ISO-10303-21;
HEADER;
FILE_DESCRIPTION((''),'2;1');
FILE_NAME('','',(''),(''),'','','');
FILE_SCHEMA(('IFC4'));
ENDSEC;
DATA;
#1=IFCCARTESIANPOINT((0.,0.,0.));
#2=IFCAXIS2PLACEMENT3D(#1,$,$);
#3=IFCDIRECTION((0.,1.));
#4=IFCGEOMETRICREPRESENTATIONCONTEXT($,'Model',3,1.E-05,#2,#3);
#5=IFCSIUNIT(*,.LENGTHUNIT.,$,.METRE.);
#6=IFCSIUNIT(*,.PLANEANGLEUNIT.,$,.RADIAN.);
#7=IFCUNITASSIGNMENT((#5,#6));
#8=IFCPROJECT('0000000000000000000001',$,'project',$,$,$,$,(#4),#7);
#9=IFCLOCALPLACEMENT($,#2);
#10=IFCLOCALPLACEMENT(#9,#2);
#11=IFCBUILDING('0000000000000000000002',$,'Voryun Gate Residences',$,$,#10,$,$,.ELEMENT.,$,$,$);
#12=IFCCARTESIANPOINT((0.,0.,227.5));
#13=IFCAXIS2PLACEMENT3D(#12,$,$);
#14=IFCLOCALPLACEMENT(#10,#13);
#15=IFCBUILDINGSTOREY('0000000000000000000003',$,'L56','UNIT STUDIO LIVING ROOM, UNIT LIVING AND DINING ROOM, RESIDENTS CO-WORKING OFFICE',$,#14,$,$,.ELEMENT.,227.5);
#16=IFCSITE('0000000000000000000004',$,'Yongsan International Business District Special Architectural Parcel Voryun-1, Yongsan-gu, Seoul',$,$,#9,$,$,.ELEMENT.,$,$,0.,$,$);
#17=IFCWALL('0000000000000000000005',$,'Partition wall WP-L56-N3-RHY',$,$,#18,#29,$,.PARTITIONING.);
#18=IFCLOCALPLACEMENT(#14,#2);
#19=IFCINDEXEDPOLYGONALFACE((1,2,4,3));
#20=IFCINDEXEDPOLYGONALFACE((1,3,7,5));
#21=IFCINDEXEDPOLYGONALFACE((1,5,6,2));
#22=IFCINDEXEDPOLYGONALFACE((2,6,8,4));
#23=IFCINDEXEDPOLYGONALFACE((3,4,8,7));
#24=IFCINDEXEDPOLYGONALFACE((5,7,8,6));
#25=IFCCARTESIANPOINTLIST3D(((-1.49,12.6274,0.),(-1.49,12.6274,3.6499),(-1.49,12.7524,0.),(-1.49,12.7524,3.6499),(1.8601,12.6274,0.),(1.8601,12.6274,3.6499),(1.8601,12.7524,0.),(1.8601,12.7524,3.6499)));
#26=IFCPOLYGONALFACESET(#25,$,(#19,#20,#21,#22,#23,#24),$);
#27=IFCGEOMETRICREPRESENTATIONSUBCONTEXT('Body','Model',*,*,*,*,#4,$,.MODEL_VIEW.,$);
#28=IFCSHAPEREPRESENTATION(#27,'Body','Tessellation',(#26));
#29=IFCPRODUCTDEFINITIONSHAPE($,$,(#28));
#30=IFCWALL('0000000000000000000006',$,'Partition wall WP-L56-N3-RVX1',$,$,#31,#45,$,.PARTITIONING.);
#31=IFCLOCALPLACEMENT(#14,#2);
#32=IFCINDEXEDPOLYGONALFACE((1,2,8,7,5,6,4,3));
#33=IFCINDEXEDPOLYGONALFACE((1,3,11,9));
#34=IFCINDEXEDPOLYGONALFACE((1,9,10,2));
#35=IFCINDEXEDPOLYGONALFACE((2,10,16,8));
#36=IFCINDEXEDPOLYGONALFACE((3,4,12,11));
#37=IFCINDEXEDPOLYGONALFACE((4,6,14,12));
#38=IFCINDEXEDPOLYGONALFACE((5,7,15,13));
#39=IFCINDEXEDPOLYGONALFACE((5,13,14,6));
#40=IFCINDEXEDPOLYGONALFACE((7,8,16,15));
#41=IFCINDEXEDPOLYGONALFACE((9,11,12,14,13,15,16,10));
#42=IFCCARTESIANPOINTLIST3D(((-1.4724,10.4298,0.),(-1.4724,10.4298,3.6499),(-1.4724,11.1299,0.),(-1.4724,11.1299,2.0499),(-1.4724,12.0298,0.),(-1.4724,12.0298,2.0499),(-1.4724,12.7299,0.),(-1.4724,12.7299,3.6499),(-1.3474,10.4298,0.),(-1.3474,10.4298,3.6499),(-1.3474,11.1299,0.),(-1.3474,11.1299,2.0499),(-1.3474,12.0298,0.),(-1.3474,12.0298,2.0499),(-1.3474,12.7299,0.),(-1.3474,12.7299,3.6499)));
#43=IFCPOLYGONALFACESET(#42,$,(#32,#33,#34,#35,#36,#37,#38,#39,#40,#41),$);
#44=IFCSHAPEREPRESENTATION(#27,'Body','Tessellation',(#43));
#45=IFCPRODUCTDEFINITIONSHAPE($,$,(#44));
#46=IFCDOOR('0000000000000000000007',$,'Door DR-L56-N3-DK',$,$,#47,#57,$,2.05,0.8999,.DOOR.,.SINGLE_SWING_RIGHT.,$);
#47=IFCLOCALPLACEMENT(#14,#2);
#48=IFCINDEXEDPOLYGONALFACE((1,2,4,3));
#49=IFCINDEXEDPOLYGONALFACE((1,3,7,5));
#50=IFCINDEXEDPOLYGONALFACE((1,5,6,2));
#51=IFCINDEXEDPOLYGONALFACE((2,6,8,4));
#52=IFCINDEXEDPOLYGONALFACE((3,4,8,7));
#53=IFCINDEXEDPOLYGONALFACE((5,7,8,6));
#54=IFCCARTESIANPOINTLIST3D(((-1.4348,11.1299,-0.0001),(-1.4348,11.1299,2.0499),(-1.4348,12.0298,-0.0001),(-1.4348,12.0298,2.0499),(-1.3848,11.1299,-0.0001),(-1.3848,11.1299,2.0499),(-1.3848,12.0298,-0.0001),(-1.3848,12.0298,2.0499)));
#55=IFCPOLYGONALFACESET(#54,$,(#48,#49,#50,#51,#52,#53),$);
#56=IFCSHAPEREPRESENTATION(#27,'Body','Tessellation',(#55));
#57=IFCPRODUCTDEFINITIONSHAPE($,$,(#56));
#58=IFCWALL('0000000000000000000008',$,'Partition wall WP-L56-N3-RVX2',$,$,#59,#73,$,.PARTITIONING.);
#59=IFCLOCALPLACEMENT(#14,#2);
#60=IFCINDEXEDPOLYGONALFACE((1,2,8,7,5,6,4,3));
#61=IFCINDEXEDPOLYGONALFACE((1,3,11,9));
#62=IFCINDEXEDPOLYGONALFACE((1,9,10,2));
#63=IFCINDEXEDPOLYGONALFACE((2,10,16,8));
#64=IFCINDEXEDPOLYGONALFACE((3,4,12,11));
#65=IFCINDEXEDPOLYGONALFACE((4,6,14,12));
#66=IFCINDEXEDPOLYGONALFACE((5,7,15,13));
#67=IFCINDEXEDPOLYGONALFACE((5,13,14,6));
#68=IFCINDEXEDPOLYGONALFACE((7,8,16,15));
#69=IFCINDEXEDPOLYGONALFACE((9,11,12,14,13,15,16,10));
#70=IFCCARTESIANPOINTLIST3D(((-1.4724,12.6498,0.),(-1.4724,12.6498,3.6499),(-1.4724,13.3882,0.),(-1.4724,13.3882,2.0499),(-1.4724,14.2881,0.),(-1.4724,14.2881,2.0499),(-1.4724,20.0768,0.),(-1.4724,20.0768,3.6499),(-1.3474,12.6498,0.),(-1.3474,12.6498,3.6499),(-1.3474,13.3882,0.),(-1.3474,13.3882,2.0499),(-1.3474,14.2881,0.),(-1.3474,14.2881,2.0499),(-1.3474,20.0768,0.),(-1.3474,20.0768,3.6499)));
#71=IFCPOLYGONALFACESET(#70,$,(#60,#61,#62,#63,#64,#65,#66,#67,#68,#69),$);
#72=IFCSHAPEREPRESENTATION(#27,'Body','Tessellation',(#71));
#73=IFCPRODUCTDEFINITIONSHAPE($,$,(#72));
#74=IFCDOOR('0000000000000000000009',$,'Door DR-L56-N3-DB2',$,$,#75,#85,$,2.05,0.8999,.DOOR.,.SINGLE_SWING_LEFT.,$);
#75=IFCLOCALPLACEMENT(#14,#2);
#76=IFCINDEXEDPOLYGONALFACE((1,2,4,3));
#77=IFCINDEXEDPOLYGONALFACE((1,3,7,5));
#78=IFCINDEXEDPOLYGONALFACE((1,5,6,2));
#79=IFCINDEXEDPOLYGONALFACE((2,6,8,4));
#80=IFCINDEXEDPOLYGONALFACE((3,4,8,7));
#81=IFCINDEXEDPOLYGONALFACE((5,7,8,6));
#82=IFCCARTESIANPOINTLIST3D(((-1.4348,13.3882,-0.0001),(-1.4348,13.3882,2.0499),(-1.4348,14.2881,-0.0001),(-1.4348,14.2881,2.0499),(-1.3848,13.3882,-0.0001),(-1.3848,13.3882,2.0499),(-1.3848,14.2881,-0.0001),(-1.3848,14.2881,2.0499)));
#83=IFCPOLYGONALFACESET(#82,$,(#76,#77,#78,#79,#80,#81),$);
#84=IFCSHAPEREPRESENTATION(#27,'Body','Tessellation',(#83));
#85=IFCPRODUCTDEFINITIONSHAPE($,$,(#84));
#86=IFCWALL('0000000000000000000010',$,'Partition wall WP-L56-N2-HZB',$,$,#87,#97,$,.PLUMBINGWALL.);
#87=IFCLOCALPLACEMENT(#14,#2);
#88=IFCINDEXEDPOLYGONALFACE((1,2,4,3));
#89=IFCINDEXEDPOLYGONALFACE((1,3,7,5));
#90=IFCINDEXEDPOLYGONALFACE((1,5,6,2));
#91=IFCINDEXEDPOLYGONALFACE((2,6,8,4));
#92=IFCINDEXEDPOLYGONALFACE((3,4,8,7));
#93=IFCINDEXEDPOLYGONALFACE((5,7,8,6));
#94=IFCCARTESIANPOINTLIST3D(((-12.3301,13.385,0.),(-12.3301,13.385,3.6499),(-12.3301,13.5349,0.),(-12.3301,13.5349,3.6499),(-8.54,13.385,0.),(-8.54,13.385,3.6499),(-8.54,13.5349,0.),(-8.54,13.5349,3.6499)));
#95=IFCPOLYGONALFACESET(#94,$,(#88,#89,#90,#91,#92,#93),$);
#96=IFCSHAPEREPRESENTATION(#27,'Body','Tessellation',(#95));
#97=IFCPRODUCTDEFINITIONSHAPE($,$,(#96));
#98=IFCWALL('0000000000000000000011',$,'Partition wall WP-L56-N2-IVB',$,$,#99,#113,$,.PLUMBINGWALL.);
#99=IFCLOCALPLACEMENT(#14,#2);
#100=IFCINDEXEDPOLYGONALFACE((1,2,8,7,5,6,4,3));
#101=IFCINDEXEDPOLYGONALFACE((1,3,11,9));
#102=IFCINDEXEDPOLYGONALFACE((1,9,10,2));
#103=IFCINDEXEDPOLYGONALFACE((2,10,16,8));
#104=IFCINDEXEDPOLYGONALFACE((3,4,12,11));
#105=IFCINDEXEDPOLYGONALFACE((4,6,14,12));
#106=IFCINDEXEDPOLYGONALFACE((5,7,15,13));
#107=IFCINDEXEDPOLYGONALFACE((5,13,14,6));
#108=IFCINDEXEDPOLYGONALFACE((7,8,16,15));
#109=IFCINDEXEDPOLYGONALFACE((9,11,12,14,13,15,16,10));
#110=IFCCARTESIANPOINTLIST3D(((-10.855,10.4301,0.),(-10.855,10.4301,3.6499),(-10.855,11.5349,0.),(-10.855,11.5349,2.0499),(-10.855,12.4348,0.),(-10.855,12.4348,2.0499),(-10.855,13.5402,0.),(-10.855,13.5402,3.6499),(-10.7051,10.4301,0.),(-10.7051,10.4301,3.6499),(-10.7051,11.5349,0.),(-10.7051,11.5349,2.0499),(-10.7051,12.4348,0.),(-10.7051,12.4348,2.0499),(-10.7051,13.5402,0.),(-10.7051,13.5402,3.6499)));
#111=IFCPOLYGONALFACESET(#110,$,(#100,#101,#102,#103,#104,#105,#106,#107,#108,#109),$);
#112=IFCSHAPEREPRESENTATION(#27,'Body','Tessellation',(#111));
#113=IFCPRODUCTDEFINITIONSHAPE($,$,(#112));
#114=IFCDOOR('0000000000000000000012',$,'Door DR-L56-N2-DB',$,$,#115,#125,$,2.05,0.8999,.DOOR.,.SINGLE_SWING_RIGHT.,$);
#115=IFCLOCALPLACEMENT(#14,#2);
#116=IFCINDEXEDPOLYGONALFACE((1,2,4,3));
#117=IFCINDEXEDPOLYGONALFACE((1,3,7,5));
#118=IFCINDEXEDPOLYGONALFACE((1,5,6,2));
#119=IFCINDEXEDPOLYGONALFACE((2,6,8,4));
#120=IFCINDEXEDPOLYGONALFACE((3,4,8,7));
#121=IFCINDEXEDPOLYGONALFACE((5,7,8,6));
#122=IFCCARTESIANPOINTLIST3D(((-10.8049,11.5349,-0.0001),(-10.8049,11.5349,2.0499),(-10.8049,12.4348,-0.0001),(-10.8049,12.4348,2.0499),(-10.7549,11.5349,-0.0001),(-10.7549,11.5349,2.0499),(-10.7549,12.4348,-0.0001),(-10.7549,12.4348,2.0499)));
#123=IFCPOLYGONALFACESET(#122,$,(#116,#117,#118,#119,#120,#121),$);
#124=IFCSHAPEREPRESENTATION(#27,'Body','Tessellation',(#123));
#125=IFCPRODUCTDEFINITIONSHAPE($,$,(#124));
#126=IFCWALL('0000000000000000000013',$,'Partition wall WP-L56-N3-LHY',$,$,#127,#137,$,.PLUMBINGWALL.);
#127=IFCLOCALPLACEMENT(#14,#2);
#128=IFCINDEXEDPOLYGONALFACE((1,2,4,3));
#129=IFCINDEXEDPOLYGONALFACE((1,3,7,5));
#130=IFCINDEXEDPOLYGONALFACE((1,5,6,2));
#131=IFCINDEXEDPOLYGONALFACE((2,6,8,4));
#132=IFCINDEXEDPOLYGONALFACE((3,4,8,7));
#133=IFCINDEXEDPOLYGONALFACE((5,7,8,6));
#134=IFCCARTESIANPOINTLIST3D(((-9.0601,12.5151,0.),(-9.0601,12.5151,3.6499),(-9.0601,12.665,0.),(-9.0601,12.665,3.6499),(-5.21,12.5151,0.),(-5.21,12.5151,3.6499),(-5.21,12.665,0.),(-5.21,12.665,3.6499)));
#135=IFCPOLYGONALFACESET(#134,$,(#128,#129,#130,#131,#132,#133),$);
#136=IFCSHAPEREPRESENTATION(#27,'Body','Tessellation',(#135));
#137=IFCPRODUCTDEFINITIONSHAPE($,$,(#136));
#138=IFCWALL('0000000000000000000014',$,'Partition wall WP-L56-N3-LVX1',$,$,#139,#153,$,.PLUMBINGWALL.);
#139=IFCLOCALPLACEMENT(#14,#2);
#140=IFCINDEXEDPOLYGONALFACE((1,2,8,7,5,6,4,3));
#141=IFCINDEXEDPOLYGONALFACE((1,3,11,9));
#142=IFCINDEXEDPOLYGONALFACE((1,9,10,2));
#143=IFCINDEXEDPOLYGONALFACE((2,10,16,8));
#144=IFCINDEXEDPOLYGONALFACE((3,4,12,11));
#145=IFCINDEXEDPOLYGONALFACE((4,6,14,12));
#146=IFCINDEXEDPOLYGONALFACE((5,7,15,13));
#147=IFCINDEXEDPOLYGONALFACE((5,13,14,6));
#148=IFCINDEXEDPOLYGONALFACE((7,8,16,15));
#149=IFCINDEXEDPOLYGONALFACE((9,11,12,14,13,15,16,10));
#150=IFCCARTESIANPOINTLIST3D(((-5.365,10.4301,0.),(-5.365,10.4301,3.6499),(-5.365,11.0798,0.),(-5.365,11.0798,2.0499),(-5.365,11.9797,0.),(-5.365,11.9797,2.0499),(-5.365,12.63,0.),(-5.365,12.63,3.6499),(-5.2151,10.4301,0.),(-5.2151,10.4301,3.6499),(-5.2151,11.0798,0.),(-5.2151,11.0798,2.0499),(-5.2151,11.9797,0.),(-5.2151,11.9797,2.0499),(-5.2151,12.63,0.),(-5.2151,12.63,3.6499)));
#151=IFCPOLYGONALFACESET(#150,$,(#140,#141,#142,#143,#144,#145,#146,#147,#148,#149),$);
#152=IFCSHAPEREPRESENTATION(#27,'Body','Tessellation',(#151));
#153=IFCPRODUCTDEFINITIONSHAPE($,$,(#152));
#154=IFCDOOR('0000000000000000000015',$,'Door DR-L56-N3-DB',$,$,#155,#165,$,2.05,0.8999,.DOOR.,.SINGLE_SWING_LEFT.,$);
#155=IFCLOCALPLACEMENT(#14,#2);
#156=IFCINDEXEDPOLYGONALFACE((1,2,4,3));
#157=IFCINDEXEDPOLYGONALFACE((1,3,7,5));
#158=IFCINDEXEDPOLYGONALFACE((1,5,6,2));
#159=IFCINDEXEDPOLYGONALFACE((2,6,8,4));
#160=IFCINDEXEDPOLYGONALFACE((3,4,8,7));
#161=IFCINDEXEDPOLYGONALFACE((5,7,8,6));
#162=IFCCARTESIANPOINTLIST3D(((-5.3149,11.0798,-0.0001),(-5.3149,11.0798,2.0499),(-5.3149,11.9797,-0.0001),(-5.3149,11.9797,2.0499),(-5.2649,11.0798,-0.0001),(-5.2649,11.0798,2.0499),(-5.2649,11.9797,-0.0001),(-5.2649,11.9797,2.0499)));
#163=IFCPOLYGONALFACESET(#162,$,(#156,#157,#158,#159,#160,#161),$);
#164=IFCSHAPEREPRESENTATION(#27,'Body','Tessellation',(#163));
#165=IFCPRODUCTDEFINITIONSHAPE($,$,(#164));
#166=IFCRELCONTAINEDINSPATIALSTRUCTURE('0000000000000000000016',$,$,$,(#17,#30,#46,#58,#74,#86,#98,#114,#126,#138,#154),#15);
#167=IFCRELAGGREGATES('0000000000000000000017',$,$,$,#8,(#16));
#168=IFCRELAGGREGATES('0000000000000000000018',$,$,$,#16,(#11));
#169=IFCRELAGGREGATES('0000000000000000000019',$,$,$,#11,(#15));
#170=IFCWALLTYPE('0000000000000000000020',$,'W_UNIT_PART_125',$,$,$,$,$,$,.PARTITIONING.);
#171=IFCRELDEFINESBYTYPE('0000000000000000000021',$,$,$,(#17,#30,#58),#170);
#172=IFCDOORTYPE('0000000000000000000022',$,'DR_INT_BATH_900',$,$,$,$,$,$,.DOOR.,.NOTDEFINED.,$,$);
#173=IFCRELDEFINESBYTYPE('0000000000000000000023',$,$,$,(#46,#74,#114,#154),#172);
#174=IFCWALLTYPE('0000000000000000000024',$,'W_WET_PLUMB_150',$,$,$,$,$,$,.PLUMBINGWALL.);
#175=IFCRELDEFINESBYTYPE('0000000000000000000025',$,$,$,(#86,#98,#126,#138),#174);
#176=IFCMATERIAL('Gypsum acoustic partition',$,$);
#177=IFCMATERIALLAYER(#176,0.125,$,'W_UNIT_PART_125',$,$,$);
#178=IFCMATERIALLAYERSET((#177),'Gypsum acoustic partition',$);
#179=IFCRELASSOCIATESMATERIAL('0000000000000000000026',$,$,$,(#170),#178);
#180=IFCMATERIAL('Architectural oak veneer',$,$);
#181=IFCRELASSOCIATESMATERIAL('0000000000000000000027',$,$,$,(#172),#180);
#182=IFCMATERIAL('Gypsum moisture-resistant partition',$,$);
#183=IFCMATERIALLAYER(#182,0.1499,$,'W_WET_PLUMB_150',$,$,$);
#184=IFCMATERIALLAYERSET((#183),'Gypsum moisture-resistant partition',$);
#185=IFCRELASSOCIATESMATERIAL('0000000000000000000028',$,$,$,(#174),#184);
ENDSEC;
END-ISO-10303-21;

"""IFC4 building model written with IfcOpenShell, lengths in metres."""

from ifc_helpers import new_model, si_unit, direction, frame, frame_2d, origin, place, context, subcontext, project, spatial, rectangle, extrude, material, layer, layer_set, type_object, element, fill, save


model = new_model("IFC4")

# Units and contexts
model_context = context("Model", 3, precision=1e-05, world=origin(), true_north=direction((0.0, 1.0)))
body_context = subcontext(model_context, "Body", "Model", "MODEL_VIEW")
ifc_project = project(units=[si_unit("LENGTHUNIT", "METRE"), si_unit("PLANEANGLEUNIT", "RADIAN")], contexts=[model_context])

# Site, building, storey
site_placement = place(None, origin())
site = spatial("IfcSite", under=ifc_project, at=site_placement, Name="Yongsan International Business District Special Architectural Parcel Voryun-1, Yongsan-gu, Seoul", CompositionType="ELEMENT", RefElevation=0.0)
building_placement = place(site_placement, origin())
building = spatial("IfcBuilding", under=site, at=building_placement, Name="Voryun Gate Residences", CompositionType="ELEMENT")
storey_placement = place(building_placement, frame((0.0, 0.0, 227.5)))
storey = spatial("IfcBuildingStorey", under=building, at=storey_placement, Name="L56", Description="UNIT STUDIO LIVING ROOM, UNIT LIVING AND DINING ROOM, RESIDENTS CO-WORKING OFFICE", CompositionType="ELEMENT", Elevation=227.5)

# Shared definitions
ifc_material_1 = material(Name="Gypsum acoustic partition")
ifc_layer_1 = layer(ifc_material_1, 0.125, Name="W_UNIT_PART_125")
ifc_layer_set_1 = layer_set([ifc_layer_1], Name="Gypsum acoustic partition")
wall_type_1 = type_object("IfcWallType", Name="W_UNIT_PART_125", PredefinedType="PARTITIONING", material=ifc_layer_set_1)
ifc_material_2 = material(Name="Architectural oak veneer")
door_type_1 = type_object("IfcDoorType", Name="DR_INT_BATH_900", OperationType="NOTDEFINED", PredefinedType="DOOR", material=ifc_material_2)

# Wall
wall_1_placement = place(storey_placement, frame((-1.49, 12.6899, 0.0), z_axis=(0.0, 0.0, 1.0), x_axis=(1.0, 0.0, 0.0)))
element("IfcWall", 1, at=wall_1_placement, inside=storey, type_object=wall_type_1, Name="Partition wall WP-L56-N3-RHY", PredefinedType="PARTITIONING", context=body_context, shape_type="SweptSolid", body=[
    extrude(rectangle(XDim=3.3501, YDim=0.125, at=frame_2d((1.675, 0.0))), origin(), (0.0, 0.0, 1.0), 3.6499),
])

# Walls, openings, doors
wall_2_placement = place(storey_placement, frame((-1.4099, 10.4299, 0.0), z_axis=(0.0, 0.0, 1.0), x_axis=(0.0, 1.0, 0.0)))
wall_2 = element("IfcWall", 2, at=wall_2_placement, inside=storey, type_object=wall_type_1, Name="Partition wall WP-L56-N3-RVX1", PredefinedType="PARTITIONING", context=body_context, shape_type="SweptSolid", body=[
    extrude(rectangle(XDim=2.3, YDim=0.125, at=frame_2d((1.1499, 0.0))), origin(), (0.0, 0.0, 1.0), 3.6499),
])
opening_1_placement = place(wall_2_placement, frame((0.7, 0.0, 0.0)))
opening_1 = element("IfcOpeningElement", 3, at=opening_1_placement, cuts=wall_2, PredefinedType="OPENING", context=body_context, shape_type="SweptSolid", body=[
    extrude(rectangle(XDim=0.8999, YDim=2.05, at=frame_2d((0.45, 1.0249))), frame((0.0, 0.0725, 0.0), z_axis=(0.0, -1.0, 0.0), x_axis=(1.0, 0.0, 0.0)), (0.0, 0.0, 1.0), 0.145),
])
door_1_placement = place(opening_1_placement, origin())
door_1 = element("IfcDoor", 4, at=door_1_placement, inside=storey, type_object=door_type_1, Name="Door DR-L56-N3-DK", OperationType="SINGLE_SWING_RIGHT", OverallHeight=2.05, OverallWidth=0.8999, PredefinedType="DOOR", context=body_context, shape_type="SweptSolid", body=[
    extrude(rectangle(XDim=0.8999, YDim=2.05, at=frame_2d((0.45, 1.0249))), frame((0.0, 0.0249, 0.0), z_axis=(0.0, -1.0, 0.0), x_axis=(1.0, 0.0, 0.0)), (0.0, 0.0, 1.0), 0.05),
])
fill(opening_1, door_1)
wall_3_placement = place(storey_placement, frame((-1.4099, 12.6499, 0.0), z_axis=(0.0, 0.0, 1.0), x_axis=(0.0, 1.0, 0.0)))
wall_3 = element("IfcWall", 5, at=wall_3_placement, inside=storey, type_object=wall_type_1, Name="Partition wall WP-L56-N3-RVX2", PredefinedType="PARTITIONING", context=body_context, shape_type="SweptSolid", body=[
    extrude(rectangle(XDim=7.427, YDim=0.125, at=frame_2d((3.7134, 0.0))), origin(), (0.0, 0.0, 1.0), 3.6499),
])
opening_2_placement = place(wall_3_placement, frame((0.7383, 0.0, 0.0)))
opening_2 = element("IfcOpeningElement", 6, at=opening_2_placement, cuts=wall_3, PredefinedType="OPENING", context=body_context, shape_type="SweptSolid", body=[
    extrude(rectangle(XDim=0.8999, YDim=2.05, at=frame_2d((0.45, 1.0249))), frame((0.0, 0.0725, 0.0), z_axis=(0.0, -1.0, 0.0), x_axis=(1.0, 0.0, 0.0)), (0.0, 0.0, 1.0), 0.145),
])
door_2_placement = place(opening_2_placement, origin())
door_2 = element("IfcDoor", 7, at=door_2_placement, inside=storey, type_object=door_type_1, Name="Door DR-L56-N3-DB2", OperationType="SINGLE_SWING_LEFT", OverallHeight=2.05, OverallWidth=0.8999, PredefinedType="DOOR", context=body_context, shape_type="SweptSolid", body=[
    extrude(rectangle(XDim=0.8999, YDim=2.05, at=frame_2d((0.45, 1.0249))), frame((0.0, 0.0249, 0.0), z_axis=(0.0, -1.0, 0.0), x_axis=(1.0, 0.0, 0.0)), (0.0, 0.0, 1.0), 0.05),
])
fill(opening_2, door_2)

# Wall
ifc_material_3 = material(Name="Gypsum moisture-resistant partition")
ifc_layer_2 = layer(ifc_material_3, 0.1499, Name="W_WET_PLUMB_150")
ifc_layer_set_2 = layer_set([ifc_layer_2], Name="Gypsum moisture-resistant partition")
wall_type_2 = type_object("IfcWallType", Name="W_WET_PLUMB_150", PredefinedType="PLUMBINGWALL", material=ifc_layer_set_2)
wall_4_placement = place(storey_placement, frame((-12.3301, 13.46, 0.0), z_axis=(0.0, 0.0, 1.0), x_axis=(1.0, 0.0, 0.0)))
element("IfcWall", 8, at=wall_4_placement, inside=storey, type_object=wall_type_2, Name="Partition wall WP-L56-N2-HZB", PredefinedType="PLUMBINGWALL", context=body_context, shape_type="SweptSolid", body=[
    extrude(rectangle(XDim=3.79, YDim=0.1499, at=frame_2d((1.895, 0.0))), origin(), (0.0, 0.0, 1.0), 3.6499),
])

# Wall, opening, door
wall_5_placement = place(storey_placement, frame((-10.78, 10.4299, 0.0), z_axis=(0.0, 0.0, 1.0), x_axis=(0.0, 1.0, 0.0)))
wall_5 = element("IfcWall", 9, at=wall_5_placement, inside=storey, type_object=wall_type_2, Name="Partition wall WP-L56-N2-IVB", PredefinedType="PLUMBINGWALL", context=body_context, shape_type="SweptSolid", body=[
    extrude(rectangle(XDim=3.1101, YDim=0.1499, at=frame_2d((1.5552, 0.0))), origin(), (0.0, 0.0, 1.0), 3.6499),
])
opening_3_placement = place(wall_5_placement, frame((1.105, 0.0, 0.0)))
opening_3 = element("IfcOpeningElement", 10, at=opening_3_placement, cuts=wall_5, PredefinedType="OPENING", context=body_context, shape_type="SweptSolid", body=[
    extrude(rectangle(XDim=0.8999, YDim=2.05, at=frame_2d((0.45, 1.0249))), frame((0.0, 0.085, 0.0), z_axis=(0.0, -1.0, 0.0), x_axis=(1.0, 0.0, 0.0)), (0.0, 0.0, 1.0), 0.1699),
])
door_3_placement = place(opening_3_placement, origin())
door_3 = element("IfcDoor", 11, at=door_3_placement, inside=storey, type_object=door_type_1, Name="Door DR-L56-N2-DB", OperationType="SINGLE_SWING_RIGHT", OverallHeight=2.05, OverallWidth=0.8999, PredefinedType="DOOR", context=body_context, shape_type="SweptSolid", body=[
    extrude(rectangle(XDim=0.8999, YDim=2.05, at=frame_2d((0.45, 1.0249))), frame((0.0, 0.0249, 0.0), z_axis=(0.0, -1.0, 0.0), x_axis=(1.0, 0.0, 0.0)), (0.0, 0.0, 1.0), 0.05),
])
fill(opening_3, door_3)

# Wall
wall_6_placement = place(storey_placement, frame((-9.0601, 12.5901, 0.0), z_axis=(0.0, 0.0, 1.0), x_axis=(1.0, 0.0, 0.0)))
element("IfcWall", 12, at=wall_6_placement, inside=storey, type_object=wall_type_2, Name="Partition wall WP-L56-N3-LHY", PredefinedType="PLUMBINGWALL", context=body_context, shape_type="SweptSolid", body=[
    extrude(rectangle(XDim=3.8501, YDim=0.1499, at=frame_2d((1.925, 0.0))), origin(), (0.0, 0.0, 1.0), 3.6499),
])

# Wall, opening, door
wall_7_placement = place(storey_placement, frame((-5.29, 10.4299, 0.0), z_axis=(0.0, 0.0, 1.0), x_axis=(0.0, 1.0, 0.0)))
wall_7 = element("IfcWall", 13, at=wall_7_placement, inside=storey, type_object=wall_type_2, Name="Partition wall WP-L56-N3-LVX1", PredefinedType="PLUMBINGWALL", context=body_context, shape_type="SweptSolid", body=[
    extrude(rectangle(XDim=2.2, YDim=0.1499, at=frame_2d((1.1001, 0.0))), origin(), (0.0, 0.0, 1.0), 3.6499),
])
opening_4_placement = place(wall_7_placement, frame((0.6499, 0.0, 0.0)))
opening_4 = element("IfcOpeningElement", 14, at=opening_4_placement, cuts=wall_7, PredefinedType="OPENING", context=body_context, shape_type="SweptSolid", body=[
    extrude(rectangle(XDim=0.8999, YDim=2.05, at=frame_2d((0.45, 1.0249))), frame((0.0, 0.085, 0.0), z_axis=(0.0, -1.0, 0.0), x_axis=(1.0, 0.0, 0.0)), (0.0, 0.0, 1.0), 0.1699),
])
door_4_placement = place(opening_4_placement, origin())
door_4 = element("IfcDoor", 15, at=door_4_placement, inside=storey, type_object=door_type_1, Name="Door DR-L56-N3-DB", OperationType="SINGLE_SWING_LEFT", OverallHeight=2.05, OverallWidth=0.8999, PredefinedType="DOOR", context=body_context, shape_type="SweptSolid", body=[
    extrude(rectangle(XDim=0.8999, YDim=2.05, at=frame_2d((0.45, 1.0249))), frame((0.0, 0.0249, 0.0), z_axis=(0.0, -1.0, 0.0), x_axis=(1.0, 0.0, 0.0)), (0.0, 0.0, 1.0), 0.05),
])
fill(opening_4, door_4)

save(model, "model.ifc")
